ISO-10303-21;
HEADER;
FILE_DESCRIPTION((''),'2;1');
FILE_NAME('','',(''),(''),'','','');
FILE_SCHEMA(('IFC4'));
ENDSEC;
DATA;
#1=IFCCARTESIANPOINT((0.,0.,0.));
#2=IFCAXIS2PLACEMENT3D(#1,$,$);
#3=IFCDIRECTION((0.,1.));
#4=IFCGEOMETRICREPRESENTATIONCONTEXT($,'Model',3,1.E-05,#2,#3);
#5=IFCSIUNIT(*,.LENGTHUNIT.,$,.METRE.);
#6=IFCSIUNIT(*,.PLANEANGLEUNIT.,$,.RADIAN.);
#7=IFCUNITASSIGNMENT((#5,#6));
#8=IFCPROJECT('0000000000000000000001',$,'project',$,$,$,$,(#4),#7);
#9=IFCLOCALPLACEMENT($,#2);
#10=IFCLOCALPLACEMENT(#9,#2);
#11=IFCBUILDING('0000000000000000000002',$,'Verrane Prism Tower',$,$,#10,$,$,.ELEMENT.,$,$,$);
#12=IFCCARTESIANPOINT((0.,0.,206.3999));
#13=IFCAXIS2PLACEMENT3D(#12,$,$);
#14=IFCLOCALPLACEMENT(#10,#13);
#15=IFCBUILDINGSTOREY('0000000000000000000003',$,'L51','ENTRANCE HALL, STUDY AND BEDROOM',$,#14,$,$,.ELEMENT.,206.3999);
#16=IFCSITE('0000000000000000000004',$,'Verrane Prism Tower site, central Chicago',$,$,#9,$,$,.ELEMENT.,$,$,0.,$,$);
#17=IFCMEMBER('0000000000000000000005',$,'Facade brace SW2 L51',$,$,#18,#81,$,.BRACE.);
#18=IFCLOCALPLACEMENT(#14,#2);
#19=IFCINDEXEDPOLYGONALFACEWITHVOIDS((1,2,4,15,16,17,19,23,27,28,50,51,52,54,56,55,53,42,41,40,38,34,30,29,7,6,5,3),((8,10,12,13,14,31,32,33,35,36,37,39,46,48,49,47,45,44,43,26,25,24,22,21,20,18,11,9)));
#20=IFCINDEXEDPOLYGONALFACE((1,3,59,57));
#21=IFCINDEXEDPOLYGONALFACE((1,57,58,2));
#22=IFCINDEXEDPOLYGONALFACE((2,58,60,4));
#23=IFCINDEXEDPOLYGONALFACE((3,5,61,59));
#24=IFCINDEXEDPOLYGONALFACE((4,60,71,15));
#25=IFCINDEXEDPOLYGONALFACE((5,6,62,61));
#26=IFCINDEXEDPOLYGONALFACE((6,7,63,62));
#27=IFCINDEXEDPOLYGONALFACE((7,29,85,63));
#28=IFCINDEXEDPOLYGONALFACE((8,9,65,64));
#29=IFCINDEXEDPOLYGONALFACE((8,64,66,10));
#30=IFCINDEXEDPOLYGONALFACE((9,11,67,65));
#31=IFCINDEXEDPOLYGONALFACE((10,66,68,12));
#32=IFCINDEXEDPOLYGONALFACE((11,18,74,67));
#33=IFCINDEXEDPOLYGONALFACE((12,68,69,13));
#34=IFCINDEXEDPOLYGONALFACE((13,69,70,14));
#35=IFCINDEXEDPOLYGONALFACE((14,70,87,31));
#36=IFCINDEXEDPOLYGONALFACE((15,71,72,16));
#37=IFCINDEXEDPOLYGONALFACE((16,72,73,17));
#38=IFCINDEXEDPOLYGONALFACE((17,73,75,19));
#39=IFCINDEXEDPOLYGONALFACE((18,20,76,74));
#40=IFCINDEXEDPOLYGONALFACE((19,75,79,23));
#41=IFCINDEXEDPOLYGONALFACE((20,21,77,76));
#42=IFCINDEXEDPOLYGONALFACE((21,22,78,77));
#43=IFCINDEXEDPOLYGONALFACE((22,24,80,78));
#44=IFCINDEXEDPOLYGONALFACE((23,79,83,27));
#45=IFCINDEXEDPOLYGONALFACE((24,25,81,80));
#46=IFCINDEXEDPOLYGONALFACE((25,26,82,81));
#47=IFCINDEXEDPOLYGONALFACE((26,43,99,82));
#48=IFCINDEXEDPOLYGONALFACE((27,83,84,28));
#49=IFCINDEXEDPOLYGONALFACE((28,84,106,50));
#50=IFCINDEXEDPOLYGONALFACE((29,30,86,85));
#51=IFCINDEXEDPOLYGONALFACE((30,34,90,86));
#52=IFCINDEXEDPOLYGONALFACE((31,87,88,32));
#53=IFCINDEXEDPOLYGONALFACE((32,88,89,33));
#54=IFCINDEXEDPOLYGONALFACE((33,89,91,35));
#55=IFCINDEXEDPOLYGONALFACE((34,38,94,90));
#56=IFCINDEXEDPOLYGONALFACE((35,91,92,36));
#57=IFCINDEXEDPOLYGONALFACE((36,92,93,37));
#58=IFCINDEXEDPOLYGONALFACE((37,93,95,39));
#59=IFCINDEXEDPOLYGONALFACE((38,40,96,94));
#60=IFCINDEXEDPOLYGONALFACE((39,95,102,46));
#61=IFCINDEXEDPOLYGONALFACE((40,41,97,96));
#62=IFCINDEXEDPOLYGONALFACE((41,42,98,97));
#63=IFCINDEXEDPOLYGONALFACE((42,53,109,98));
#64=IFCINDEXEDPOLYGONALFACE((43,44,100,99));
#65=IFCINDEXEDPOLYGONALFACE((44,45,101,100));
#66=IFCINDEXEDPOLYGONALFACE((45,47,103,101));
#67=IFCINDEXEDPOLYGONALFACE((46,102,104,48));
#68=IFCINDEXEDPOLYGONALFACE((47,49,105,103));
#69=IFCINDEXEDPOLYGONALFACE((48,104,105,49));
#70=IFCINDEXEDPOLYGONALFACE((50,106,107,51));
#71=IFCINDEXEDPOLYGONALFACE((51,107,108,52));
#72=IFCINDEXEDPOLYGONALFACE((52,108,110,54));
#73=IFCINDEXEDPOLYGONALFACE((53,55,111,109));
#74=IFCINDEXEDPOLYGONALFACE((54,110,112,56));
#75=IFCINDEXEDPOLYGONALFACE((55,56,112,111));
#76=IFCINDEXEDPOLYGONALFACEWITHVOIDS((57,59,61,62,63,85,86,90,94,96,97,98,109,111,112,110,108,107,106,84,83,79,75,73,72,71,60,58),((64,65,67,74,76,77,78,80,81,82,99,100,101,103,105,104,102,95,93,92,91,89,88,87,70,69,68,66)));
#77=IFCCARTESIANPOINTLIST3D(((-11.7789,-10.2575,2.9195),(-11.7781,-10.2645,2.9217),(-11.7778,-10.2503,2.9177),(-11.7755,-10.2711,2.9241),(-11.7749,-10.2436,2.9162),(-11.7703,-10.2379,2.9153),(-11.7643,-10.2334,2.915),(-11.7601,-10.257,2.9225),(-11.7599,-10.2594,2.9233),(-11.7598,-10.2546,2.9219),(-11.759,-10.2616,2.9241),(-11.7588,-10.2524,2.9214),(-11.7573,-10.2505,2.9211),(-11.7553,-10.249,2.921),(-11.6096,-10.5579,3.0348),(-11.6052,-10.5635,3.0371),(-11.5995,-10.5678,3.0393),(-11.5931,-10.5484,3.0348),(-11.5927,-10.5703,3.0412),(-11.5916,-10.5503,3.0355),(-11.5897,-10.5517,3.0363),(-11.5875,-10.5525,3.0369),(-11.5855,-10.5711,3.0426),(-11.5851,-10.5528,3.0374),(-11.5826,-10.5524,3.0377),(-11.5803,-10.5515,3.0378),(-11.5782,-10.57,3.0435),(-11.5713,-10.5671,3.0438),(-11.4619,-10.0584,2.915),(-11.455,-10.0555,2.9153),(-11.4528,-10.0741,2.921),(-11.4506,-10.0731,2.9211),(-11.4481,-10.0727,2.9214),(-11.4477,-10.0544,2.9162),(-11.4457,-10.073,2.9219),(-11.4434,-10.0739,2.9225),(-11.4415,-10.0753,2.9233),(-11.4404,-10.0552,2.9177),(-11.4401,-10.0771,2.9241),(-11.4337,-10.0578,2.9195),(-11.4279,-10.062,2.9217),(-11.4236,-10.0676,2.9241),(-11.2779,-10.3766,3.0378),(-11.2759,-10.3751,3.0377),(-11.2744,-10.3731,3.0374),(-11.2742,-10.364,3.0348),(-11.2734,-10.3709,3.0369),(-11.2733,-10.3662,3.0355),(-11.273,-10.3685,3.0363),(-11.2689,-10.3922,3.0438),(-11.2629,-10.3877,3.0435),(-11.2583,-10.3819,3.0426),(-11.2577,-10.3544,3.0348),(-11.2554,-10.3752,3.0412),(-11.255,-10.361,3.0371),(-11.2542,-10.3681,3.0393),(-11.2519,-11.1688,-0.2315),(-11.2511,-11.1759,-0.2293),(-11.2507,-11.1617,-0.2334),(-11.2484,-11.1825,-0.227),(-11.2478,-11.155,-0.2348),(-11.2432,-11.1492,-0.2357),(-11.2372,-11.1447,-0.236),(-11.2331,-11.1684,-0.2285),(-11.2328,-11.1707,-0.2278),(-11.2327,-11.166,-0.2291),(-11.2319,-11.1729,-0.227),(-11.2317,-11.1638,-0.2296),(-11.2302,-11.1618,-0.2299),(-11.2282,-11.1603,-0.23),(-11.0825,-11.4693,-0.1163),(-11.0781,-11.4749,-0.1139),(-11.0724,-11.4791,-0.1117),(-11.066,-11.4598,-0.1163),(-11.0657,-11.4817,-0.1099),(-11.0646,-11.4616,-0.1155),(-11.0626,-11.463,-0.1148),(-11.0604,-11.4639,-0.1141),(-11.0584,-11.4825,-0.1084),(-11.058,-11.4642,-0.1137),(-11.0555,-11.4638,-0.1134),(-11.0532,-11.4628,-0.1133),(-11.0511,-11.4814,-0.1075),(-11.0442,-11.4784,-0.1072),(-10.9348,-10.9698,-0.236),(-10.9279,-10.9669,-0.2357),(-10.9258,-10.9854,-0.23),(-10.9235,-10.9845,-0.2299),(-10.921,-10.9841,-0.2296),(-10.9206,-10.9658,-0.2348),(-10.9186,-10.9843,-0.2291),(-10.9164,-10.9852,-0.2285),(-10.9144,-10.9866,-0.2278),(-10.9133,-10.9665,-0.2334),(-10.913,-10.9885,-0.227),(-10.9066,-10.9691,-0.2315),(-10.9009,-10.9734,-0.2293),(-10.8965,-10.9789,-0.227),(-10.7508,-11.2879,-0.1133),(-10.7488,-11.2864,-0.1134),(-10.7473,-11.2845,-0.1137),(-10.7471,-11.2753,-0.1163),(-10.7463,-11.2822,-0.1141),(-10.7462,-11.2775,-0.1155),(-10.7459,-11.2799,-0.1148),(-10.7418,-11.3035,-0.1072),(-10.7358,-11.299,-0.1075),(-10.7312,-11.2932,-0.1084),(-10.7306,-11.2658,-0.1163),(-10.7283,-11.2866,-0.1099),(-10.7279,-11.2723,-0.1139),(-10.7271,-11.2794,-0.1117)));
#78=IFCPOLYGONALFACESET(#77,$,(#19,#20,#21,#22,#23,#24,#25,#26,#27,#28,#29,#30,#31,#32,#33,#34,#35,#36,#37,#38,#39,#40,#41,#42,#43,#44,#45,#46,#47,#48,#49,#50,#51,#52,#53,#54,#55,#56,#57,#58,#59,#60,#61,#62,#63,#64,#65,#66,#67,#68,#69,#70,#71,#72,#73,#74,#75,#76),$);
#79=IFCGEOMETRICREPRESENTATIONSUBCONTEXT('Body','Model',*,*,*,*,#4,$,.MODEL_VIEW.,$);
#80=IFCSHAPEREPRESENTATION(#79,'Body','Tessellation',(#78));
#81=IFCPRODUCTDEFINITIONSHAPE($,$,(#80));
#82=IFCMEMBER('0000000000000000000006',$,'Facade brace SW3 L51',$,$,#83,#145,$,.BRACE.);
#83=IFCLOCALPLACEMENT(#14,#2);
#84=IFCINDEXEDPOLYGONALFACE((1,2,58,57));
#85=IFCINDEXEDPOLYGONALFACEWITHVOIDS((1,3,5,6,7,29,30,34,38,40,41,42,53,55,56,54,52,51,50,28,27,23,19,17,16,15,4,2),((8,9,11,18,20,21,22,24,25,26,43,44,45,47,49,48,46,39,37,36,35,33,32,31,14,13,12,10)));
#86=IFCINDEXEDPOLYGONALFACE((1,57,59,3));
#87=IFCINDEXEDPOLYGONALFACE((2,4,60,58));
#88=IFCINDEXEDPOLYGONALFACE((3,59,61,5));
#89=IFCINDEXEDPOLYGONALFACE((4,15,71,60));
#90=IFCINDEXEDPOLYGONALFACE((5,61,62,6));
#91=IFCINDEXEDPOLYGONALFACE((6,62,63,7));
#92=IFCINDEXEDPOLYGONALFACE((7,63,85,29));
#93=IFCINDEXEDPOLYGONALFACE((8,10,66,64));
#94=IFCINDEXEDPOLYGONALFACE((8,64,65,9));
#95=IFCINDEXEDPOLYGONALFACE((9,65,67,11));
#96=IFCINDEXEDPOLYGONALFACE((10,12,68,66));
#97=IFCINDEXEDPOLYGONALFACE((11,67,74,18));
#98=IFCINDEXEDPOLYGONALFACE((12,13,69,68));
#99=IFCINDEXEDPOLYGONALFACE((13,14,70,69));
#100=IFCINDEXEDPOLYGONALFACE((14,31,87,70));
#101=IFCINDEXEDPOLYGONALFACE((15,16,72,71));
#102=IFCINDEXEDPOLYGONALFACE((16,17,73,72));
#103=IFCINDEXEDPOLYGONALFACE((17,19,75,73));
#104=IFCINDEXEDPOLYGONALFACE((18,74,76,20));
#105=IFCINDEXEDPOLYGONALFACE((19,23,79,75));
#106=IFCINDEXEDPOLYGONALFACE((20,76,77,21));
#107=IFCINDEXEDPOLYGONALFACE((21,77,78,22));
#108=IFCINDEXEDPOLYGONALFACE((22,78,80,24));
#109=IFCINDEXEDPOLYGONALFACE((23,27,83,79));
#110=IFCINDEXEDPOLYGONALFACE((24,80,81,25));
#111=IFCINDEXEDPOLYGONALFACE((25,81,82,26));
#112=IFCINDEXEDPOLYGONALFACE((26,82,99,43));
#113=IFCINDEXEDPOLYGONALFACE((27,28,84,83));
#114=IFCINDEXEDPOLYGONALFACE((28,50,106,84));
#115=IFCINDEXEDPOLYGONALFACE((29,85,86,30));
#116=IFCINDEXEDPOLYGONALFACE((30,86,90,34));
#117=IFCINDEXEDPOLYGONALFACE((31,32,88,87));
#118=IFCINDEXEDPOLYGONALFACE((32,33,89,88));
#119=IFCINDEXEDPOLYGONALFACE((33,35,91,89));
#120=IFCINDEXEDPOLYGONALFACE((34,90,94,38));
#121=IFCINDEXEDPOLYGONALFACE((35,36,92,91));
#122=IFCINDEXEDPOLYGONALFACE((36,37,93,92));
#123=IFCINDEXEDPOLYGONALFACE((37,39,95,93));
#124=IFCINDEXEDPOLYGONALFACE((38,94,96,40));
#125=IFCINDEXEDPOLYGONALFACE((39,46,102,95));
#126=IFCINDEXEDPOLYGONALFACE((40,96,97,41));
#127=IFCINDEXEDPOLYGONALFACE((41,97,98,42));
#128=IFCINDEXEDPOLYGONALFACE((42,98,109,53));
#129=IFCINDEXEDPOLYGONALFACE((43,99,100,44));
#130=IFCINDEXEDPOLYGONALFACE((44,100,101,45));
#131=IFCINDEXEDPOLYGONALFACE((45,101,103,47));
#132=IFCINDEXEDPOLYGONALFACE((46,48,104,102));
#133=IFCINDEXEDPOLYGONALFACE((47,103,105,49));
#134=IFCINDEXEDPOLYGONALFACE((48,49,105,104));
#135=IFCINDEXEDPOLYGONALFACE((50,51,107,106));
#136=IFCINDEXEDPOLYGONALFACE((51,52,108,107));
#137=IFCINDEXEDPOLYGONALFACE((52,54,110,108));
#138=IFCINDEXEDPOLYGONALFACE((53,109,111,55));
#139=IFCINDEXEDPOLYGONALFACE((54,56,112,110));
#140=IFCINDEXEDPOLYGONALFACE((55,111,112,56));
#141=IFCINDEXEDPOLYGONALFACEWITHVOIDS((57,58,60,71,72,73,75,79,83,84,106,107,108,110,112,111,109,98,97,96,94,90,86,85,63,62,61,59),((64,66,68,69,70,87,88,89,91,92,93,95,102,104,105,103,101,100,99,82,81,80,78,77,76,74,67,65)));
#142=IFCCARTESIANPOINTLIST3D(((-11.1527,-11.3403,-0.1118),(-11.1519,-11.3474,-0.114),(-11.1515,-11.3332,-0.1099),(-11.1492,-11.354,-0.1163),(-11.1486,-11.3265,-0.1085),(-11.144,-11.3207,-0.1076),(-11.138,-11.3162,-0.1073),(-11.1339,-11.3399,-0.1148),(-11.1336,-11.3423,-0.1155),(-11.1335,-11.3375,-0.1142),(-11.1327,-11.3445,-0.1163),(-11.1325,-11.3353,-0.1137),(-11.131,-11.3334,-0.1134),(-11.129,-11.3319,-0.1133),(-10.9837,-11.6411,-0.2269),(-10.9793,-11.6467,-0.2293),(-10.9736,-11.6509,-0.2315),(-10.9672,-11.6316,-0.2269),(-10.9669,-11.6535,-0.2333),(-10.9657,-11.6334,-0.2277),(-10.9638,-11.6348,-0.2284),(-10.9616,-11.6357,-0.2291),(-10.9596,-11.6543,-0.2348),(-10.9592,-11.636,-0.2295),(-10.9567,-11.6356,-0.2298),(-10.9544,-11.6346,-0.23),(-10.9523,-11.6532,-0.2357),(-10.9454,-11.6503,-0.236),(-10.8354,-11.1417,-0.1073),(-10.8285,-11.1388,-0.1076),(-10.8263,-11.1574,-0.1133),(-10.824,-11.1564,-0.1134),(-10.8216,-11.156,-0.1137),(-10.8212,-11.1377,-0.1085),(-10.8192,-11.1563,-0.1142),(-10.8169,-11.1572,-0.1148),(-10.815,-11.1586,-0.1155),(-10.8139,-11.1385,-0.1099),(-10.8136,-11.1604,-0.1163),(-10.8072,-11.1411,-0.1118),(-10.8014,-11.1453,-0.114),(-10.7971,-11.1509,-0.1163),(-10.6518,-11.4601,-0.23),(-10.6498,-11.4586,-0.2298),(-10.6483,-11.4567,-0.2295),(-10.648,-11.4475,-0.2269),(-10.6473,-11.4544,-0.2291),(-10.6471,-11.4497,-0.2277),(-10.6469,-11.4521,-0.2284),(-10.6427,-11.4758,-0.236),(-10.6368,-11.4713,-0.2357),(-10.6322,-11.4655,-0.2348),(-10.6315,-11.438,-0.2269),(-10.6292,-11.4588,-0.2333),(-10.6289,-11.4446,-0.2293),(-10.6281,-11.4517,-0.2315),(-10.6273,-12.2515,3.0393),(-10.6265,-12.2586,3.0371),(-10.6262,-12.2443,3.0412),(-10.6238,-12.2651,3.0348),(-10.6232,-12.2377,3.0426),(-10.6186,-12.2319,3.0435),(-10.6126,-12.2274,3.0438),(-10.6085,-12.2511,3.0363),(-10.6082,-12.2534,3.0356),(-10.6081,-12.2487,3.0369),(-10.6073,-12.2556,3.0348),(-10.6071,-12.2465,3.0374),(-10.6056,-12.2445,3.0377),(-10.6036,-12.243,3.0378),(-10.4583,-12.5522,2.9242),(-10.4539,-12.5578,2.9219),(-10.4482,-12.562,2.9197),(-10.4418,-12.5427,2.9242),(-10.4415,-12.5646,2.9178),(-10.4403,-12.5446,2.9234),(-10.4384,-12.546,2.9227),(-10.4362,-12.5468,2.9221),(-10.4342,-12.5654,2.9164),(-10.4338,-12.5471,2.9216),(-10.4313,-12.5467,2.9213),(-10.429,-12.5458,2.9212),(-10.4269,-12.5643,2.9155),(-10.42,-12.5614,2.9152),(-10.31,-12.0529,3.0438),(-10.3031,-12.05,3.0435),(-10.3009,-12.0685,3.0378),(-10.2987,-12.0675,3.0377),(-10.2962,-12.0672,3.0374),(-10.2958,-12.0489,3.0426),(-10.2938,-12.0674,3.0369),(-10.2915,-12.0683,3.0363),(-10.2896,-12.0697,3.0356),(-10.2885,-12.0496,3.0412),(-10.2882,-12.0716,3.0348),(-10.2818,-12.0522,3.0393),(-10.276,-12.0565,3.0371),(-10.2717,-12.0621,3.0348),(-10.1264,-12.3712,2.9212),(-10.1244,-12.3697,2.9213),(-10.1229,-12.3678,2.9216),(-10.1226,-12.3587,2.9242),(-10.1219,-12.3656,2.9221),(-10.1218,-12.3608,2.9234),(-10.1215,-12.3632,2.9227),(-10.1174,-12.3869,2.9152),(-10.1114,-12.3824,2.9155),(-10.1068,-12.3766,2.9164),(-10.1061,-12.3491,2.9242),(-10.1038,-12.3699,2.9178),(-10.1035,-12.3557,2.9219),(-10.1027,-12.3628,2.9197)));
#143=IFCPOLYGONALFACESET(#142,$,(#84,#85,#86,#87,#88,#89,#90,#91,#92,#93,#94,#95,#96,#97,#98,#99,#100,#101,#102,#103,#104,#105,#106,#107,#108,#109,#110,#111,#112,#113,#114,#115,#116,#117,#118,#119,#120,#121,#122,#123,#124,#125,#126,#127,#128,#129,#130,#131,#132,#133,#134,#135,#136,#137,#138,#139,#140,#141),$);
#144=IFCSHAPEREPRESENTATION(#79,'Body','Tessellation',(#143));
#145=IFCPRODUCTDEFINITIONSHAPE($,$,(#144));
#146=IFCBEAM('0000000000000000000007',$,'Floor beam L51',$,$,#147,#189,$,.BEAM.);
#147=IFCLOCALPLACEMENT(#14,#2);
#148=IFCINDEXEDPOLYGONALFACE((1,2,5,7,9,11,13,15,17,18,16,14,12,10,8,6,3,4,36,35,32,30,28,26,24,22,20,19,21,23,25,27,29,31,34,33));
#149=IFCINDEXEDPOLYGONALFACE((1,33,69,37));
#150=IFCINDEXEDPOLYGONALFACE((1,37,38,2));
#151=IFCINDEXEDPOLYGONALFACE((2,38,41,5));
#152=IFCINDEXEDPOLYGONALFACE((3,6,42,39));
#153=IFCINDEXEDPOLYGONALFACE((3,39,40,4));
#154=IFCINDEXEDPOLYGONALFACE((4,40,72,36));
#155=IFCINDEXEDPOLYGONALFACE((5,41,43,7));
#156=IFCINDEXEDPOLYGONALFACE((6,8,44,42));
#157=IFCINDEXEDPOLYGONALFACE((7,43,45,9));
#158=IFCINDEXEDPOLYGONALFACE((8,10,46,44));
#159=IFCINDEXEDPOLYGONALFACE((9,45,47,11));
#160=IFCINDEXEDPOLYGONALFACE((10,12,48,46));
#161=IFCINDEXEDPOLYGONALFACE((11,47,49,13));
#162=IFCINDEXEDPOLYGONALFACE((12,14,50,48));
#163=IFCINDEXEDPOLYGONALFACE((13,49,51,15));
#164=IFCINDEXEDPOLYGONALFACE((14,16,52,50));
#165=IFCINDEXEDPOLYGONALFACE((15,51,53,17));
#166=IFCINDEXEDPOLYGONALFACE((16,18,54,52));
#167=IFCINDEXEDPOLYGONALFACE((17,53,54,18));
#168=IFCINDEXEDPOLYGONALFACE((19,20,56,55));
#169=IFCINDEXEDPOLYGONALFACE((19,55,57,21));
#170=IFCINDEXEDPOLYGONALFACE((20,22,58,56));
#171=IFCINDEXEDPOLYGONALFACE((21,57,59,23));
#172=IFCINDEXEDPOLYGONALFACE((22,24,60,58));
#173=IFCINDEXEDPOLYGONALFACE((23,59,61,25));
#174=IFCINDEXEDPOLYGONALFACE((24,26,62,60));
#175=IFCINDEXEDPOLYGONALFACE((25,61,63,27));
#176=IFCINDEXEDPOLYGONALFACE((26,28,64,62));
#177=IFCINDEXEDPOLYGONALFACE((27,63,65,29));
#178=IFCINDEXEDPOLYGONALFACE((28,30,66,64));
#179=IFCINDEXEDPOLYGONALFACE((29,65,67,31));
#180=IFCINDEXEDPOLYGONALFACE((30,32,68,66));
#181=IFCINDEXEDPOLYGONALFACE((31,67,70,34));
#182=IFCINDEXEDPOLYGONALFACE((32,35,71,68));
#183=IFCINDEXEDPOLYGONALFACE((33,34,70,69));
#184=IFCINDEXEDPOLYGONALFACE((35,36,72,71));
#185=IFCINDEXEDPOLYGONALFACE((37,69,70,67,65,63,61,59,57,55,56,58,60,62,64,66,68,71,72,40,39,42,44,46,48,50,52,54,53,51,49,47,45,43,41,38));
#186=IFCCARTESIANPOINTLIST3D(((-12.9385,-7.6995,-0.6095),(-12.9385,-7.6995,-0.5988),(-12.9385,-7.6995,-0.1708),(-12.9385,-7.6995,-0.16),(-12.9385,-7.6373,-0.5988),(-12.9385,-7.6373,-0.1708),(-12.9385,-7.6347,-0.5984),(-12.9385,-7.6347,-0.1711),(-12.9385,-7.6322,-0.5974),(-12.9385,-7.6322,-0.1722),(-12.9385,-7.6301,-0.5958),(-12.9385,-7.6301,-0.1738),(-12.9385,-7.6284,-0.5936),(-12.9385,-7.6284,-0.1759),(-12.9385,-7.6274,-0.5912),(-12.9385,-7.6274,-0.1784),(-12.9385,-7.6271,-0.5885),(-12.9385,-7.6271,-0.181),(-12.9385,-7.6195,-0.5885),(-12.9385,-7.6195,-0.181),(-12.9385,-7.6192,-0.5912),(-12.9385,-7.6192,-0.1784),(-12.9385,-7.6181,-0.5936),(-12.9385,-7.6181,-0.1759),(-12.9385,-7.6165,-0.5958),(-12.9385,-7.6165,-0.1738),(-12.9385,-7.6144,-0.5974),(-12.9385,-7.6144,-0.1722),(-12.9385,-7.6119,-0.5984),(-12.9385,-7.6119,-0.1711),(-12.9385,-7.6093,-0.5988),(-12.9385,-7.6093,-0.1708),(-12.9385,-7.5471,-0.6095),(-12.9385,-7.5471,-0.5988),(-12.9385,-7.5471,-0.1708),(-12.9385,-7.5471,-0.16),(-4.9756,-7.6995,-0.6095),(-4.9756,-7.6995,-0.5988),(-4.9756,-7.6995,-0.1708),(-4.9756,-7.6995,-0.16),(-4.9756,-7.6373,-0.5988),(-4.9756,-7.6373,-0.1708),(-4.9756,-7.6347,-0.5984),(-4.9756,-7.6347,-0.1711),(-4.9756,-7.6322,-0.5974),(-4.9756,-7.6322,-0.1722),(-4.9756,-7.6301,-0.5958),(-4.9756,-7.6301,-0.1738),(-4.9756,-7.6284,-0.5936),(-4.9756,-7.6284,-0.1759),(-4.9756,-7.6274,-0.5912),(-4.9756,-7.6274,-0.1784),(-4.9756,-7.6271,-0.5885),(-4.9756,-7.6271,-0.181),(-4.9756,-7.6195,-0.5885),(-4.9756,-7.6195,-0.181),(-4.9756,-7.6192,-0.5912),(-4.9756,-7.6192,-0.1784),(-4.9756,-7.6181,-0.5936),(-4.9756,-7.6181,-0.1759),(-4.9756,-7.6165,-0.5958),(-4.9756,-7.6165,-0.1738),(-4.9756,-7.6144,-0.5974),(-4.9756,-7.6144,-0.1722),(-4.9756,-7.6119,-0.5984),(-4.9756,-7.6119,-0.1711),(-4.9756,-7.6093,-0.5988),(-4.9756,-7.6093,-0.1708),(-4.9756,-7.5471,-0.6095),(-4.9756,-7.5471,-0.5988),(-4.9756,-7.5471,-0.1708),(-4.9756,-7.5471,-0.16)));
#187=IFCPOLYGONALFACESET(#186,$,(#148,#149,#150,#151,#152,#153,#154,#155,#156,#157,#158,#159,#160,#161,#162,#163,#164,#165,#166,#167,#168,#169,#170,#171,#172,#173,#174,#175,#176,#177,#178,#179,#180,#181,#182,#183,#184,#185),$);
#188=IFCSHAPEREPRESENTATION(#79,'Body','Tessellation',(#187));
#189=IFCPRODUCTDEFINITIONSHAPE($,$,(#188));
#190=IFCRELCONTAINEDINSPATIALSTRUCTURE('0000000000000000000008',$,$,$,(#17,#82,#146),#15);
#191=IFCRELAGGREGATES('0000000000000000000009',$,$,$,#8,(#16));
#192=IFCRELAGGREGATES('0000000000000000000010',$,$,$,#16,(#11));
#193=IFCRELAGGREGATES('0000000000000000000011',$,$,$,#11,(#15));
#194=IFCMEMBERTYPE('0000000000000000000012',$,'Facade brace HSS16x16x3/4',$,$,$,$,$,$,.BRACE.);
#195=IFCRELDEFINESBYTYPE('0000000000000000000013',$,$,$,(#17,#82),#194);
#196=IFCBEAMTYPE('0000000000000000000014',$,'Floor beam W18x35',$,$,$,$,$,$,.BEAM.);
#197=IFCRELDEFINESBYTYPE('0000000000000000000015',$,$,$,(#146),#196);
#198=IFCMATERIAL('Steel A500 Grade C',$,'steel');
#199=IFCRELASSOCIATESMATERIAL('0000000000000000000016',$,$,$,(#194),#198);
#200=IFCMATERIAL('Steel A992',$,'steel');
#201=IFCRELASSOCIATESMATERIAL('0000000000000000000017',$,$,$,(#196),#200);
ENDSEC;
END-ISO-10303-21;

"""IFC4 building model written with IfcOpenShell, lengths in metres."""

from ifc_helpers import new_model, si_unit, direction, frame, origin, origin_2d, place, context, subcontext, project, spatial, hollow_rectangle, i_section, extrude, material, material_profile, profile_set, type_object, element, save


model = new_model("IFC4")

# Units and contexts
model_context = context("Model", 3, precision=1e-05, world=origin(), true_north=direction((0.0, 1.0)))
body_context = subcontext(model_context, "Body", "Model", "MODEL_VIEW")
ifc_project = project(units=[si_unit("LENGTHUNIT", "METRE"), si_unit("PLANEANGLEUNIT", "RADIAN")], contexts=[model_context])

# Site, building, storey
site_placement = place(None, origin())
site = spatial("IfcSite", under=ifc_project, at=site_placement, Name="Verrane Prism Tower site, central Chicago", CompositionType="ELEMENT", RefElevation=0.0)
building_placement = place(site_placement, origin())
building = spatial("IfcBuilding", under=site, at=building_placement, Name="Verrane Prism Tower", CompositionType="ELEMENT")
storey_placement = place(building_placement, frame((0.0, 0.0, 206.3999)))
storey = spatial("IfcBuildingStorey", under=building, at=storey_placement, Name="L51", Description="ENTRANCE HALL, STUDY AND BEDROOM", CompositionType="ELEMENT", Elevation=206.3999)

# Members
ifc_material_1 = material(Name="Steel A500 Grade C", Category="steel")
ifc_material_profile_1 = material_profile(ifc_material_1, hollow_rectangle(XDim=0.4065, YDim=0.4065, WallThickness=0.019, InnerFilletRadius=0.0095, OuterFilletRadius=0.0286, at=origin_2d()), Name="HSS16x16x3/4")
ifc_profile_set_1 = profile_set([ifc_material_profile_1], Name="Steel A500 Grade C")
member_type_1 = type_object("IfcMemberType", Name="Facade brace HSS16x16x3/4", PredefinedType="BRACE", material=ifc_profile_set_1)
member_1_placement = place(storey_placement, frame((-10.9895, -11.2241, -0.1716), z_axis=(-0.158653, 0.274317, 0.948462), x_axis=(-0.865648, -0.500652, 0.0)))
element("IfcMember", 1, at=member_1_placement, inside=storey, type_object=member_type_1, Name="Facade brace SW2 L51", PredefinedType="BRACE", context=body_context, shape_type="SweptSolid", body=[
    extrude(hollow_rectangle(XDim=0.4065, YDim=0.4065, WallThickness=0.019, InnerFilletRadius=0.0095, OuterFilletRadius=0.0286, at=origin_2d()), origin(), (0.0, 0.0, 1.0), 3.3223),
])
member_2_placement = place(storey_placement, frame((-10.8904, -11.396, -0.1716), z_axis=(0.158154, -0.274271, 0.948558), x_axis=(0.866294, 0.499535, 0.0)))
element("IfcMember", 2, at=member_2_placement, inside=storey, type_object=member_type_1, Name="Facade brace SW3 L51", PredefinedType="BRACE", context=body_context, shape_type="SweptSolid", body=[
    extrude(hollow_rectangle(XDim=0.4065, YDim=0.4065, WallThickness=0.019, InnerFilletRadius=0.0095, OuterFilletRadius=0.0286, at=origin_2d()), origin(), (0.0, 0.0, 1.0), 3.322),
])

# Beam
ifc_material_2 = material(Name="Steel A992", Category="steel")
ifc_material_profile_2 = material_profile(ifc_material_2, i_section(OverallWidth=0.1523, OverallDepth=0.4495, WebThickness=0.0076, FlangeThickness=0.0107, FilletRadius=0.0103, at=origin_2d()), Name="W18x35")
ifc_profile_set_2 = profile_set([ifc_material_profile_2], Name="Steel A992")
beam_type_1 = type_object("IfcBeamType", Name="Floor beam W18x35", PredefinedType="BEAM", material=ifc_profile_set_2)
beam_1_placement = place(storey_placement, frame((-12.9385, -7.6233, -0.3848), z_axis=(1.0, 0.0, 0.0), x_axis=(0.0, 1.0, 0.0)))
element("IfcBeam", 3, at=beam_1_placement, inside=storey, type_object=beam_type_1, Name="Floor beam L51", PredefinedType="BEAM", context=body_context, shape_type="SweptSolid", body=[
    extrude(i_section(OverallWidth=0.1523, OverallDepth=0.4495, WebThickness=0.0076, FlangeThickness=0.0107, FilletRadius=0.0103, at=origin_2d()), origin(), (0.0, 0.0, 1.0), 7.9629),
])

save(model, "model.ifc")
